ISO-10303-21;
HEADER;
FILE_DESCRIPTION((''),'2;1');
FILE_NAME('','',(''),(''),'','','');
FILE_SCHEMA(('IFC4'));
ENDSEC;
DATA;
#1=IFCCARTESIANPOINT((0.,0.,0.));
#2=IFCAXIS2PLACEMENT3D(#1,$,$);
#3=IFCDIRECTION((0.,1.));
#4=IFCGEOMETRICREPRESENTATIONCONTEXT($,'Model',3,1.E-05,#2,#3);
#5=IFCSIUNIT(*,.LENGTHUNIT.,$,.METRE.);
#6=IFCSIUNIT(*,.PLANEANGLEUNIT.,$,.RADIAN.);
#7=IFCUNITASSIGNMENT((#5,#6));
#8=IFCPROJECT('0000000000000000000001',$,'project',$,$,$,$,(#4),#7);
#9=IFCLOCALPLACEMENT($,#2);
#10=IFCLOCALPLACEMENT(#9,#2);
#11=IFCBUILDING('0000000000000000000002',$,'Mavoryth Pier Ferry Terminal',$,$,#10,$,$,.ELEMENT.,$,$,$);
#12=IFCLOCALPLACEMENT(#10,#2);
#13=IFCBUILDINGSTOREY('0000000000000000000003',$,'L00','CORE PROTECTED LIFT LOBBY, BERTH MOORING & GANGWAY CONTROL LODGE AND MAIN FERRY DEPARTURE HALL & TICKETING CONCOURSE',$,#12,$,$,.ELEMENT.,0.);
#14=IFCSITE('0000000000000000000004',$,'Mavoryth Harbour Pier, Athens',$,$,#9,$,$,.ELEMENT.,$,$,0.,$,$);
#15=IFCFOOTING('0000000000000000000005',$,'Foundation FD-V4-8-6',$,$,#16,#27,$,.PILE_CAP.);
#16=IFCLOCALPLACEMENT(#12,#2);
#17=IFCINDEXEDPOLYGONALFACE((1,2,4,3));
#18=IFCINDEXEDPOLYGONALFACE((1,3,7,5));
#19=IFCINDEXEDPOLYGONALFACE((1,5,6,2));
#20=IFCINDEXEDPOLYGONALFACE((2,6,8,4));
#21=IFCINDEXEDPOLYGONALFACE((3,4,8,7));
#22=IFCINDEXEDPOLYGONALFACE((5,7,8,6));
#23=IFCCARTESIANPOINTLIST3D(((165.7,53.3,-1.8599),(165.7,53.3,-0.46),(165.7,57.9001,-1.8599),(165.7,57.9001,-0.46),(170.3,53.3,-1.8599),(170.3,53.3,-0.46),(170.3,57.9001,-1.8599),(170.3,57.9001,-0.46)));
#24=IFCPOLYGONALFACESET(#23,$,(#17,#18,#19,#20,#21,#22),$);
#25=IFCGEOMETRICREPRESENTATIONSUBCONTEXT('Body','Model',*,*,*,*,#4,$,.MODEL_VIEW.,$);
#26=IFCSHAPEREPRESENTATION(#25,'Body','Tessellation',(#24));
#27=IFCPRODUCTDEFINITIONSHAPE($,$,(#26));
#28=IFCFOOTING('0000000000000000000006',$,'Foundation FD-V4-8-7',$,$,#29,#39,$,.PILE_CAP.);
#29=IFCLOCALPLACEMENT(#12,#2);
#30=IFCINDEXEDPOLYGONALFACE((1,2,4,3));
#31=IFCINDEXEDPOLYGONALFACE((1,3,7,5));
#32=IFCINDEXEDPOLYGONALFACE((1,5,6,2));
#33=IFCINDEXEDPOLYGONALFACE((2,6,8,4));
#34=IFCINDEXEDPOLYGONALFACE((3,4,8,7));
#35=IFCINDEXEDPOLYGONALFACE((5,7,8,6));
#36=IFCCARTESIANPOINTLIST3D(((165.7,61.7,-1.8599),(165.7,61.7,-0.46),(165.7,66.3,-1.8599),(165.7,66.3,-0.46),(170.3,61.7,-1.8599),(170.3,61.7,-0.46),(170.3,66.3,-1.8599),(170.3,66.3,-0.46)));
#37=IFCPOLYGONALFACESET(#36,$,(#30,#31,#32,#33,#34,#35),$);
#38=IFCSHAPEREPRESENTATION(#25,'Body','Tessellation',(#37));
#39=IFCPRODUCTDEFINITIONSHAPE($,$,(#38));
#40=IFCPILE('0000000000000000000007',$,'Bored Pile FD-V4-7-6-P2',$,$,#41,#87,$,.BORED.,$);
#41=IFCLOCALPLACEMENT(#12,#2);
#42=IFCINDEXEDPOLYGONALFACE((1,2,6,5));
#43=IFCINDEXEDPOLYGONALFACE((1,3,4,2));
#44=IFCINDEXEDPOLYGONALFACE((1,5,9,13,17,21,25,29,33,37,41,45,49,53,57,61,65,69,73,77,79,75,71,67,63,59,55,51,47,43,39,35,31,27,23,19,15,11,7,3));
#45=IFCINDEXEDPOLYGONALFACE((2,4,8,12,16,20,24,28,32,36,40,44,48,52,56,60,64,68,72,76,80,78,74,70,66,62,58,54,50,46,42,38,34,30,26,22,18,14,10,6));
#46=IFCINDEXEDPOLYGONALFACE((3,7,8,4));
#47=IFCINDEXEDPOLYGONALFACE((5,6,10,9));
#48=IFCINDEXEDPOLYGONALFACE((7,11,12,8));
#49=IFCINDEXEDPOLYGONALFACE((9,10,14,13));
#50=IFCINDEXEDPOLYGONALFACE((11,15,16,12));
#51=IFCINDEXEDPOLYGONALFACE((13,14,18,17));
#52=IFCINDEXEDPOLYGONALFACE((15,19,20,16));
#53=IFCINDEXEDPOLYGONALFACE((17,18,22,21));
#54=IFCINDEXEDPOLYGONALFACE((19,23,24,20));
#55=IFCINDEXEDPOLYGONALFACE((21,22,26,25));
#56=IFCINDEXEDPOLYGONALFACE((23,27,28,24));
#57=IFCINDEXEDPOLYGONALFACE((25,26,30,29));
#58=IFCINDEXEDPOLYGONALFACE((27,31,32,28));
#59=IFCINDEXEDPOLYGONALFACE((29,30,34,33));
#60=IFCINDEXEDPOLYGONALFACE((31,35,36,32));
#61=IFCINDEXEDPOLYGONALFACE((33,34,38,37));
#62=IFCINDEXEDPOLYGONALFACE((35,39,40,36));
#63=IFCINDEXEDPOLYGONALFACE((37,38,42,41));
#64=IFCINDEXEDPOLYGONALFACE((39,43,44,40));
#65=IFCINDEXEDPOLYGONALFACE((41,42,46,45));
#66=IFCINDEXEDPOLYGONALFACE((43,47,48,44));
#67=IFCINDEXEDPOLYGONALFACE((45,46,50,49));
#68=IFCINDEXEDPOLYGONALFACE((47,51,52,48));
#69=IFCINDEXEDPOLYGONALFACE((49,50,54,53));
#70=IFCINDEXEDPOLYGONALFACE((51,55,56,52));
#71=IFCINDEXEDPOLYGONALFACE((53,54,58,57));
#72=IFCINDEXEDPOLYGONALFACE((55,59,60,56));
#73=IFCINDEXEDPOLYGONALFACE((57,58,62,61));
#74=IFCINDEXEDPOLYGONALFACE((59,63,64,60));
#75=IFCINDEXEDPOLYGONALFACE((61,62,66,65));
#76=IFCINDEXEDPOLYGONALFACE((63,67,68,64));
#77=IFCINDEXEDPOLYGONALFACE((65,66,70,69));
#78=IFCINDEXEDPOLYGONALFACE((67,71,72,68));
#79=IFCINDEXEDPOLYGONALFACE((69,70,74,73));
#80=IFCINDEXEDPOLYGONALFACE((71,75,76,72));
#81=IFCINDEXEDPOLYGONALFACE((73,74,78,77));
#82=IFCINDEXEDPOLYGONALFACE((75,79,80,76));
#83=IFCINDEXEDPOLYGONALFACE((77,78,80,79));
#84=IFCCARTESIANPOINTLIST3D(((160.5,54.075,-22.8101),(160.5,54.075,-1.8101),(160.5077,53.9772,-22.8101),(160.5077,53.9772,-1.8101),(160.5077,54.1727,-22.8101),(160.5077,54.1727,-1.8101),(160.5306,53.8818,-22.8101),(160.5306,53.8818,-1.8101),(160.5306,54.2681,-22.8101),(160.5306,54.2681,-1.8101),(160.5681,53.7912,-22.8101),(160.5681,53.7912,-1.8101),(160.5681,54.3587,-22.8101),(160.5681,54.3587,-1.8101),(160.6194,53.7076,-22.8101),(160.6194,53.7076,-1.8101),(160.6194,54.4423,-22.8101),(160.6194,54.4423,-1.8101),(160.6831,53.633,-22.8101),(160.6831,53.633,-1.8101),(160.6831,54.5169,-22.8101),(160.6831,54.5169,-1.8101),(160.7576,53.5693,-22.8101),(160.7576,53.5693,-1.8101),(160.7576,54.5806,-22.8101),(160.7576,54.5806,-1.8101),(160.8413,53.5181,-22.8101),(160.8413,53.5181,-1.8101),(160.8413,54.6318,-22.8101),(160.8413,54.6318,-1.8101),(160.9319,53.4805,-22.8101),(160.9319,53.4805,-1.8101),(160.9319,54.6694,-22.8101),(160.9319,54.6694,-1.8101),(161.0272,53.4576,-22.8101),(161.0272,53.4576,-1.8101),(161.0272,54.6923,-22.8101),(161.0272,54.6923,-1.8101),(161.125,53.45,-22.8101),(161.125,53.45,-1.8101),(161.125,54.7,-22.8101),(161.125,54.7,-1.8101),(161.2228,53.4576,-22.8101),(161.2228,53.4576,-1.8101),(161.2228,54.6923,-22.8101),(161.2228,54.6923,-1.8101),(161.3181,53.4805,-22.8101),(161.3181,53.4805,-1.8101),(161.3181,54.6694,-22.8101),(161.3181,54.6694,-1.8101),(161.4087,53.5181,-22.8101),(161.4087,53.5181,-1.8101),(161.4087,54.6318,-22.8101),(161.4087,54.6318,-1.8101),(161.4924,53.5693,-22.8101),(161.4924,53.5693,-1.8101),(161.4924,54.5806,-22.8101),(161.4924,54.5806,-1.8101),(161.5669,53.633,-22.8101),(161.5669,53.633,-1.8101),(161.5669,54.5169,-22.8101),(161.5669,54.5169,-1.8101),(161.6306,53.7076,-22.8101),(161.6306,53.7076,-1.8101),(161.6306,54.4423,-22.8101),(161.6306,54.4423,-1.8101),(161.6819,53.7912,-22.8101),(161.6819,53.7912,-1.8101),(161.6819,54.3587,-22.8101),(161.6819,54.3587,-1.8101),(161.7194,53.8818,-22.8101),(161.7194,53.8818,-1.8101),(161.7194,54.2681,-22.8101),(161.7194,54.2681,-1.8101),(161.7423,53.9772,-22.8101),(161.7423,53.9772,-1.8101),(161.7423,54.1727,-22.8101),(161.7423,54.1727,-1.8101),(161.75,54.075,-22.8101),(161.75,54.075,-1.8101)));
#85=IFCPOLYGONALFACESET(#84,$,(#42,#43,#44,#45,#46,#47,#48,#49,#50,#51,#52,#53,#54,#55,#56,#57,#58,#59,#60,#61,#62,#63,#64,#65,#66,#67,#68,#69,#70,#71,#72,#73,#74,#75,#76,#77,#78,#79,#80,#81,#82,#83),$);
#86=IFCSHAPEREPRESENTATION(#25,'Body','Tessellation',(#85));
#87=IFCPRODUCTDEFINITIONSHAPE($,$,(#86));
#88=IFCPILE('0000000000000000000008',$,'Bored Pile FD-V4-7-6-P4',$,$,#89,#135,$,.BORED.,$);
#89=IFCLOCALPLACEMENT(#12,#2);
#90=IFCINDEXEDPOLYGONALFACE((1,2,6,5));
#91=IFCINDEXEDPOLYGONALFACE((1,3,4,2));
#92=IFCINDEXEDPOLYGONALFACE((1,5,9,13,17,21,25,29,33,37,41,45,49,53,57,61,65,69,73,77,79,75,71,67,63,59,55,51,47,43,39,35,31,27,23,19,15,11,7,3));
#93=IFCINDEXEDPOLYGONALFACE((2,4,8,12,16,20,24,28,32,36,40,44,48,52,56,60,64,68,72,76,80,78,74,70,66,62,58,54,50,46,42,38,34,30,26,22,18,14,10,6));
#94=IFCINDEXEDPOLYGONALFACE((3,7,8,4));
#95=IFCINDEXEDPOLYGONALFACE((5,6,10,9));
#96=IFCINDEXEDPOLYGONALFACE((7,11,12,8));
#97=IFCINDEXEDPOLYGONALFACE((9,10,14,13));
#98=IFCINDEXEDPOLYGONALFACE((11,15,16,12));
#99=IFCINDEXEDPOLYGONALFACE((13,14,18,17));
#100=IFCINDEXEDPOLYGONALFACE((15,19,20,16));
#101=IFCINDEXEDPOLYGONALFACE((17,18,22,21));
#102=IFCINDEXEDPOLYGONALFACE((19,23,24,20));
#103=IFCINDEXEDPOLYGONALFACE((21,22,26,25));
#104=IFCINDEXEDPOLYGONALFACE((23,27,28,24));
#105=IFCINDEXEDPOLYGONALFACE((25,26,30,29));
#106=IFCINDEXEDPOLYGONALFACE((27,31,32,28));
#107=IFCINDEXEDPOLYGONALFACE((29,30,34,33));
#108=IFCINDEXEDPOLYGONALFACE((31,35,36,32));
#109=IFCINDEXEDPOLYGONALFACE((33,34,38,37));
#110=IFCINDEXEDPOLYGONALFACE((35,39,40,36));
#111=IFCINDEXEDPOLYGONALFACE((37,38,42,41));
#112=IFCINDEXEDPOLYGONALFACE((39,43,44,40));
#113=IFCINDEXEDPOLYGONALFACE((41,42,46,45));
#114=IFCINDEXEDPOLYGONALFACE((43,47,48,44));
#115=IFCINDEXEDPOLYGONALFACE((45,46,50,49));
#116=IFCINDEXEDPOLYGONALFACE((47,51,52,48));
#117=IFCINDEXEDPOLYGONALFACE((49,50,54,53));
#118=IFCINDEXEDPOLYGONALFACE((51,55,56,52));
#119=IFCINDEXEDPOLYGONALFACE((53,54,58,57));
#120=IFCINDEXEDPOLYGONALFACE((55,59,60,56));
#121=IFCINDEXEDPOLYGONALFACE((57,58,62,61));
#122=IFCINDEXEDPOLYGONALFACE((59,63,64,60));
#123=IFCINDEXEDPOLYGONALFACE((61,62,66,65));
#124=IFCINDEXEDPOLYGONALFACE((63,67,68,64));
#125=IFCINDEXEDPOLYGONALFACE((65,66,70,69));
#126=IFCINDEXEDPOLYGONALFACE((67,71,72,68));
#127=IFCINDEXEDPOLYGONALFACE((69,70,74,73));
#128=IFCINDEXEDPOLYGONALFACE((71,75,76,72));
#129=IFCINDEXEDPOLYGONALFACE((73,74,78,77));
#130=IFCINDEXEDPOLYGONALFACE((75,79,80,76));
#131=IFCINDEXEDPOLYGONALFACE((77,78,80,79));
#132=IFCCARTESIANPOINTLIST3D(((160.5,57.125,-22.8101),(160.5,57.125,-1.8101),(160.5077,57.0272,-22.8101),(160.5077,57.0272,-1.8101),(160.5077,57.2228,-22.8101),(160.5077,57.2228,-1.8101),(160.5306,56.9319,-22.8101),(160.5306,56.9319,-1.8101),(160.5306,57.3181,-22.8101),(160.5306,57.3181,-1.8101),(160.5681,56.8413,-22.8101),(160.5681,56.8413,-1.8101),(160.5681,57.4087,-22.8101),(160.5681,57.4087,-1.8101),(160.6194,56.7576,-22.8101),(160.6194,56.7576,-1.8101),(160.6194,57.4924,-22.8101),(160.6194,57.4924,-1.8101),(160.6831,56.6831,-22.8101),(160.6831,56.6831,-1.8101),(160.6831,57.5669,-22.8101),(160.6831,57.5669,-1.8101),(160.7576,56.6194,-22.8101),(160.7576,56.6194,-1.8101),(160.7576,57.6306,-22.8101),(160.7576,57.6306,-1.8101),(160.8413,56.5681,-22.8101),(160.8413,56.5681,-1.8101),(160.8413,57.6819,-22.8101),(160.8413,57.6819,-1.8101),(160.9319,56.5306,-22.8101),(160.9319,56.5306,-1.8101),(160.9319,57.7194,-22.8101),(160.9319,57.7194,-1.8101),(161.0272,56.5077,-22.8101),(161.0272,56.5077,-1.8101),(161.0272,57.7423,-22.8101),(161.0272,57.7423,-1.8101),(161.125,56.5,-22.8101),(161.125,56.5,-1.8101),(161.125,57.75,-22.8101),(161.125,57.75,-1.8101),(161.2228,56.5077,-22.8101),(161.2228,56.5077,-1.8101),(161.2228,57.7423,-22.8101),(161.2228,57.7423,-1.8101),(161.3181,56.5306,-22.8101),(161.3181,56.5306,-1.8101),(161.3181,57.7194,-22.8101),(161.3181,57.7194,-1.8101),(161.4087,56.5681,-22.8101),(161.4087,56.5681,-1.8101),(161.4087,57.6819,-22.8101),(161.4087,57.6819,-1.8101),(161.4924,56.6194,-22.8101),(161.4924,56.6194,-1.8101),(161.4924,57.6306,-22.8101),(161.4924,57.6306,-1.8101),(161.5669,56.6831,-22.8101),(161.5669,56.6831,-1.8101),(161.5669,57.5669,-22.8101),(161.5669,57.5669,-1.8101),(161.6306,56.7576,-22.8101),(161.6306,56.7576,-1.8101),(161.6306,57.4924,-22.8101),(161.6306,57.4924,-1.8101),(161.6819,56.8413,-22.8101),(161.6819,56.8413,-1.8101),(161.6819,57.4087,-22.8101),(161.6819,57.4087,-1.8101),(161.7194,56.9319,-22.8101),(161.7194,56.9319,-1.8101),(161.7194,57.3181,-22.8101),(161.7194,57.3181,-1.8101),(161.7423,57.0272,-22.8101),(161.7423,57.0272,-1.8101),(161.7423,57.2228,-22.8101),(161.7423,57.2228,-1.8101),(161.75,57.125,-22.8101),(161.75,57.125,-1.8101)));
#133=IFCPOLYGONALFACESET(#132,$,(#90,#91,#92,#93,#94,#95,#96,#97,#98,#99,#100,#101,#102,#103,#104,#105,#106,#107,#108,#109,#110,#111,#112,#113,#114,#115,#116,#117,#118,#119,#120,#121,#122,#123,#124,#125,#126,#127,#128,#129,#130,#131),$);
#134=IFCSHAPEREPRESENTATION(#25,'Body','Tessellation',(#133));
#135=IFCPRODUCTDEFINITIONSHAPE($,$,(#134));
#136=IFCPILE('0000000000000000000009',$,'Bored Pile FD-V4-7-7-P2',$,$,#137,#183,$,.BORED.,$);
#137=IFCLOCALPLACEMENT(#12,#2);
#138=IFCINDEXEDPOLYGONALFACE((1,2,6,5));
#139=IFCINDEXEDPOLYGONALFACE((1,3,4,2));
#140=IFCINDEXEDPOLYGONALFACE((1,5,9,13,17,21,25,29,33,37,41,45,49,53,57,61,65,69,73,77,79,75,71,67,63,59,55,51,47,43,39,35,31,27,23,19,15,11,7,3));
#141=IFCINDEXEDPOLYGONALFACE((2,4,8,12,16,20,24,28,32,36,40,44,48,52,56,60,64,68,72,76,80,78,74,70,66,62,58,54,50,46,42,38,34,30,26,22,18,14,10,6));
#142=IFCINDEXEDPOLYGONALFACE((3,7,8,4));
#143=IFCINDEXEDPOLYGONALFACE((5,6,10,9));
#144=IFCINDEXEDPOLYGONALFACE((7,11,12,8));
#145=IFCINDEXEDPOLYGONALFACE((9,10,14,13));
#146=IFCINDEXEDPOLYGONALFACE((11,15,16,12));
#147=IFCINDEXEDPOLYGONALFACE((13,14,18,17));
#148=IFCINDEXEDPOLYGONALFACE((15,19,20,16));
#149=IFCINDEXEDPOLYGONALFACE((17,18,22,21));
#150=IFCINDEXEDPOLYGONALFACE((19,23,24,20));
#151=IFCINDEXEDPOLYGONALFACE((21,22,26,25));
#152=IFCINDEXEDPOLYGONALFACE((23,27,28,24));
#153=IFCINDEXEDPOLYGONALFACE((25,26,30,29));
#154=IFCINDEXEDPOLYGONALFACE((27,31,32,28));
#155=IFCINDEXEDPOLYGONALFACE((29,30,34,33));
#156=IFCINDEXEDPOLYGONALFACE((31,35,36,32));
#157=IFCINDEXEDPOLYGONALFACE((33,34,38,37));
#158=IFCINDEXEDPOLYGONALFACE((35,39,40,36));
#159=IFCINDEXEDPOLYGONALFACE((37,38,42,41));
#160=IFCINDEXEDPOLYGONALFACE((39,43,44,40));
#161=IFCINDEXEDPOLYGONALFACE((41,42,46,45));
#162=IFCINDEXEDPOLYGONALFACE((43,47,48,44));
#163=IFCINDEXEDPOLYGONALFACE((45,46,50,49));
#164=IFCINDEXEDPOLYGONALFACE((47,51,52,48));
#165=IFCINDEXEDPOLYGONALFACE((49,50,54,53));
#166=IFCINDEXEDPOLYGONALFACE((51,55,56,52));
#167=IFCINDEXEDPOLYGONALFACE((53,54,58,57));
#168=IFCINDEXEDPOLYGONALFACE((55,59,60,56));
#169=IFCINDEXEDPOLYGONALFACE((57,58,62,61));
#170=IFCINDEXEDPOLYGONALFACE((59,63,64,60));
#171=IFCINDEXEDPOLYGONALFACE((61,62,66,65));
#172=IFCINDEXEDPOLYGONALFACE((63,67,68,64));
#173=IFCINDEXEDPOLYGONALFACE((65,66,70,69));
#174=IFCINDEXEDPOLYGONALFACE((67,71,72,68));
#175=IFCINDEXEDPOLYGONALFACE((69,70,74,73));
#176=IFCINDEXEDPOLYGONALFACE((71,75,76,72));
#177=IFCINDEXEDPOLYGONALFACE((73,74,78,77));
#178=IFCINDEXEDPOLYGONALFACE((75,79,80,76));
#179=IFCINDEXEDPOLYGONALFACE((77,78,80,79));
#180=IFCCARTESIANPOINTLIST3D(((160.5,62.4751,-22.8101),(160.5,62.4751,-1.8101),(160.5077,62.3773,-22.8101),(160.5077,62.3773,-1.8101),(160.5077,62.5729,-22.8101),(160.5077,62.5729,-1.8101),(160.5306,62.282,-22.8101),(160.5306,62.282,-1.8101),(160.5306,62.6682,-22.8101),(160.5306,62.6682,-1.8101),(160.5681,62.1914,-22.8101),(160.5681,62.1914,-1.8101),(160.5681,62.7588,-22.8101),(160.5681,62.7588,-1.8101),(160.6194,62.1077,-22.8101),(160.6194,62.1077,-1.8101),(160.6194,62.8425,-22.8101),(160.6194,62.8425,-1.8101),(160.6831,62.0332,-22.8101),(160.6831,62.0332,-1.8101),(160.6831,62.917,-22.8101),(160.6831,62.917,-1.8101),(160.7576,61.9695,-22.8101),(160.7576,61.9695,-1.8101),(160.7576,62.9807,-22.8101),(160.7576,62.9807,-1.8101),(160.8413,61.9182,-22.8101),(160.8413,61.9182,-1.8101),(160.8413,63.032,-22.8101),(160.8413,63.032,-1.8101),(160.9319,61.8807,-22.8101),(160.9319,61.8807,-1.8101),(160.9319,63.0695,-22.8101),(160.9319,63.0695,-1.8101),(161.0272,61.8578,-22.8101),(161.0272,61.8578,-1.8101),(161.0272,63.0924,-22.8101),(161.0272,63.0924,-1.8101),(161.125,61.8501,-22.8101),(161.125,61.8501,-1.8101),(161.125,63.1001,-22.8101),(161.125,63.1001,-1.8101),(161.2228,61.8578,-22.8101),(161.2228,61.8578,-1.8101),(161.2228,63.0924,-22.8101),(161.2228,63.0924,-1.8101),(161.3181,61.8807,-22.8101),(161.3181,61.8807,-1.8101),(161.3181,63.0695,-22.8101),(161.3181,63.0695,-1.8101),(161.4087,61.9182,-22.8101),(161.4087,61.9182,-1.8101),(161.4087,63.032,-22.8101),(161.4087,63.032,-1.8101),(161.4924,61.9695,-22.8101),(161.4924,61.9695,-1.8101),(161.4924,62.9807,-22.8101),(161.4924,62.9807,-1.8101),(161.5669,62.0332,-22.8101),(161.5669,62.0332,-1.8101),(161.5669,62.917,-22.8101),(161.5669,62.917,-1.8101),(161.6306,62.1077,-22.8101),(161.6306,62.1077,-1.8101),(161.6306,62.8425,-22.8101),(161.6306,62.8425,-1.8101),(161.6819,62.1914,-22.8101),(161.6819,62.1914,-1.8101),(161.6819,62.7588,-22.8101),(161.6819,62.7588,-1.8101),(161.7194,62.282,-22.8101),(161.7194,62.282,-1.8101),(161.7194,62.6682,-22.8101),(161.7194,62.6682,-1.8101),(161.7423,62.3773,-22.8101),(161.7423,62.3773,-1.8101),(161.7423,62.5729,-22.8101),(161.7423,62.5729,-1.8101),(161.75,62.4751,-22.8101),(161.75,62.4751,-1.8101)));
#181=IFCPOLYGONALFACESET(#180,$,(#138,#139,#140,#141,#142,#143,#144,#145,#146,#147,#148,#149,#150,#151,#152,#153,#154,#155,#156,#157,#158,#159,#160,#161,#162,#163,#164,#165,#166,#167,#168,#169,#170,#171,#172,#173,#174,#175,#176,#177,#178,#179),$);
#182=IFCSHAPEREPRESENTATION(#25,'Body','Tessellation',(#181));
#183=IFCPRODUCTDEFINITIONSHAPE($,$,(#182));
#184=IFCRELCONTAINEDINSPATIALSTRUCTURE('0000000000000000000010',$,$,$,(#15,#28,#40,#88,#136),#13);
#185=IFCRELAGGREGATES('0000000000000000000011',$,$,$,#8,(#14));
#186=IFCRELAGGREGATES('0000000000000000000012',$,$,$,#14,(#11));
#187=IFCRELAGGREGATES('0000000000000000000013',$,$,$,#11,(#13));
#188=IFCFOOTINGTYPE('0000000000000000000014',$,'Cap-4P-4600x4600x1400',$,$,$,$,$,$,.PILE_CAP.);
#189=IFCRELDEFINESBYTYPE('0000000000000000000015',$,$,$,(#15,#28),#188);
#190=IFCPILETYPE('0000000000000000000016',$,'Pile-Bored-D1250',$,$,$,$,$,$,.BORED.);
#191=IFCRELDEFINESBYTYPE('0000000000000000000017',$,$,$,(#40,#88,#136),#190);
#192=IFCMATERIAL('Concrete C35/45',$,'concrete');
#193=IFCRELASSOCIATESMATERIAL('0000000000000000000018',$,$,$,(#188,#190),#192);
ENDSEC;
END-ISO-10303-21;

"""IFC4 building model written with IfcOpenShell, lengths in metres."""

from ifc_helpers import new_model, si_unit, direction, frame, origin, origin_2d, place, context, subcontext, project, spatial, rectangle, circle, extrude, material, material_profile, profile_set, type_object, element, save


model = new_model("IFC4")

# Units and contexts
model_context = context("Model", 3, precision=1e-05, world=origin(), true_north=direction((0.0, 1.0)))
body_context = subcontext(model_context, "Body", "Model", "MODEL_VIEW")
ifc_project = project(units=[si_unit("LENGTHUNIT", "METRE"), si_unit("PLANEANGLEUNIT", "RADIAN")], contexts=[model_context])

# Site, building, storey
site_placement = place(None, origin())
site = spatial("IfcSite", under=ifc_project, at=site_placement, Name="Mavoryth Harbour Pier, Athens", CompositionType="ELEMENT", RefElevation=0.0)
building_placement = place(site_placement, origin())
building = spatial("IfcBuilding", under=site, at=building_placement, Name="Mavoryth Pier Ferry Terminal", CompositionType="ELEMENT")
storey_placement = place(building_placement, origin())
storey = spatial("IfcBuildingStorey", under=building, at=storey_placement, Name="L00", Description="CORE PROTECTED LIFT LOBBY, BERTH MOORING & GANGWAY CONTROL LODGE AND MAIN FERRY DEPARTURE HALL & TICKETING CONCOURSE", CompositionType="ELEMENT", Elevation=0.0)

# Footings
ifc_material_1 = material(Name="Concrete C35/45", Category="concrete")
footing_type_1 = type_object("IfcFootingType", Name="Cap-4P-4600x4600x1400", PredefinedType="PILE_CAP", material=ifc_material_1)
for number, where, z_axis, x_axis, name in (
    (1, (168.0, 55.6001, -1.8599), (0.0, 0.0, 1.0), (1.0, 0.0, 0.0), "Foundation FD-V4-8-6"),
    (2, (168.0, 64.0, -1.8599), (0.0, 0.0, 1.0), (1.0, 0.0, 0.0), "Foundation FD-V4-8-7"),
):
    element("IfcFooting", number, at=place(storey_placement, frame(where, z_axis=z_axis, x_axis=x_axis)), inside=storey, type_object=footing_type_1, Name=name, PredefinedType="PILE_CAP", context=body_context, shape_type="SweptSolid", body=[
        extrude(rectangle(XDim=4.6001, YDim=4.6001, at=origin_2d()), origin(), (0.0, 0.0, 1.0), 1.3999),
    ])

# Piles
ifc_material_profile_1 = material_profile(ifc_material_1, circle(Radius=0.625, at=origin_2d()), Name="PILE D1250", Category="concrete")
ifc_profile_set_1 = profile_set([ifc_material_profile_1], Name="Concrete C35/45 - PILE D1250")
pile_type = type_object("IfcPileType", Name="Pile-Bored-D1250", PredefinedType="BORED", material=ifc_profile_set_1)
for number, where, z_axis, x_axis, name in (
    (3, (161.125, 54.075, -1.8101), (0.0, 0.0, -1.0), (1.0, 0.0, 0.0), "Bored Pile FD-V4-7-6-P2"),
    (4, (161.125, 57.125, -1.8101), (0.0, 0.0, -1.0), (1.0, 0.0, 0.0), "Bored Pile FD-V4-7-6-P4"),
    (5, (161.125, 62.4751, -1.8101), (0.0, 0.0, -1.0), (1.0, 0.0, 0.0), "Bored Pile FD-V4-7-7-P2"),
):
    element("IfcPile", number, at=place(storey_placement, frame(where, z_axis=z_axis, x_axis=x_axis)), inside=storey, type_object=pile_type, Name=name, PredefinedType="BORED", context=body_context, shape_type="SweptSolid", body=[
        extrude(circle(Radius=0.625, at=origin_2d()), origin(), (0.0, 0.0, 1.0), 21.0),
    ])

save(model, "model.ifc")
